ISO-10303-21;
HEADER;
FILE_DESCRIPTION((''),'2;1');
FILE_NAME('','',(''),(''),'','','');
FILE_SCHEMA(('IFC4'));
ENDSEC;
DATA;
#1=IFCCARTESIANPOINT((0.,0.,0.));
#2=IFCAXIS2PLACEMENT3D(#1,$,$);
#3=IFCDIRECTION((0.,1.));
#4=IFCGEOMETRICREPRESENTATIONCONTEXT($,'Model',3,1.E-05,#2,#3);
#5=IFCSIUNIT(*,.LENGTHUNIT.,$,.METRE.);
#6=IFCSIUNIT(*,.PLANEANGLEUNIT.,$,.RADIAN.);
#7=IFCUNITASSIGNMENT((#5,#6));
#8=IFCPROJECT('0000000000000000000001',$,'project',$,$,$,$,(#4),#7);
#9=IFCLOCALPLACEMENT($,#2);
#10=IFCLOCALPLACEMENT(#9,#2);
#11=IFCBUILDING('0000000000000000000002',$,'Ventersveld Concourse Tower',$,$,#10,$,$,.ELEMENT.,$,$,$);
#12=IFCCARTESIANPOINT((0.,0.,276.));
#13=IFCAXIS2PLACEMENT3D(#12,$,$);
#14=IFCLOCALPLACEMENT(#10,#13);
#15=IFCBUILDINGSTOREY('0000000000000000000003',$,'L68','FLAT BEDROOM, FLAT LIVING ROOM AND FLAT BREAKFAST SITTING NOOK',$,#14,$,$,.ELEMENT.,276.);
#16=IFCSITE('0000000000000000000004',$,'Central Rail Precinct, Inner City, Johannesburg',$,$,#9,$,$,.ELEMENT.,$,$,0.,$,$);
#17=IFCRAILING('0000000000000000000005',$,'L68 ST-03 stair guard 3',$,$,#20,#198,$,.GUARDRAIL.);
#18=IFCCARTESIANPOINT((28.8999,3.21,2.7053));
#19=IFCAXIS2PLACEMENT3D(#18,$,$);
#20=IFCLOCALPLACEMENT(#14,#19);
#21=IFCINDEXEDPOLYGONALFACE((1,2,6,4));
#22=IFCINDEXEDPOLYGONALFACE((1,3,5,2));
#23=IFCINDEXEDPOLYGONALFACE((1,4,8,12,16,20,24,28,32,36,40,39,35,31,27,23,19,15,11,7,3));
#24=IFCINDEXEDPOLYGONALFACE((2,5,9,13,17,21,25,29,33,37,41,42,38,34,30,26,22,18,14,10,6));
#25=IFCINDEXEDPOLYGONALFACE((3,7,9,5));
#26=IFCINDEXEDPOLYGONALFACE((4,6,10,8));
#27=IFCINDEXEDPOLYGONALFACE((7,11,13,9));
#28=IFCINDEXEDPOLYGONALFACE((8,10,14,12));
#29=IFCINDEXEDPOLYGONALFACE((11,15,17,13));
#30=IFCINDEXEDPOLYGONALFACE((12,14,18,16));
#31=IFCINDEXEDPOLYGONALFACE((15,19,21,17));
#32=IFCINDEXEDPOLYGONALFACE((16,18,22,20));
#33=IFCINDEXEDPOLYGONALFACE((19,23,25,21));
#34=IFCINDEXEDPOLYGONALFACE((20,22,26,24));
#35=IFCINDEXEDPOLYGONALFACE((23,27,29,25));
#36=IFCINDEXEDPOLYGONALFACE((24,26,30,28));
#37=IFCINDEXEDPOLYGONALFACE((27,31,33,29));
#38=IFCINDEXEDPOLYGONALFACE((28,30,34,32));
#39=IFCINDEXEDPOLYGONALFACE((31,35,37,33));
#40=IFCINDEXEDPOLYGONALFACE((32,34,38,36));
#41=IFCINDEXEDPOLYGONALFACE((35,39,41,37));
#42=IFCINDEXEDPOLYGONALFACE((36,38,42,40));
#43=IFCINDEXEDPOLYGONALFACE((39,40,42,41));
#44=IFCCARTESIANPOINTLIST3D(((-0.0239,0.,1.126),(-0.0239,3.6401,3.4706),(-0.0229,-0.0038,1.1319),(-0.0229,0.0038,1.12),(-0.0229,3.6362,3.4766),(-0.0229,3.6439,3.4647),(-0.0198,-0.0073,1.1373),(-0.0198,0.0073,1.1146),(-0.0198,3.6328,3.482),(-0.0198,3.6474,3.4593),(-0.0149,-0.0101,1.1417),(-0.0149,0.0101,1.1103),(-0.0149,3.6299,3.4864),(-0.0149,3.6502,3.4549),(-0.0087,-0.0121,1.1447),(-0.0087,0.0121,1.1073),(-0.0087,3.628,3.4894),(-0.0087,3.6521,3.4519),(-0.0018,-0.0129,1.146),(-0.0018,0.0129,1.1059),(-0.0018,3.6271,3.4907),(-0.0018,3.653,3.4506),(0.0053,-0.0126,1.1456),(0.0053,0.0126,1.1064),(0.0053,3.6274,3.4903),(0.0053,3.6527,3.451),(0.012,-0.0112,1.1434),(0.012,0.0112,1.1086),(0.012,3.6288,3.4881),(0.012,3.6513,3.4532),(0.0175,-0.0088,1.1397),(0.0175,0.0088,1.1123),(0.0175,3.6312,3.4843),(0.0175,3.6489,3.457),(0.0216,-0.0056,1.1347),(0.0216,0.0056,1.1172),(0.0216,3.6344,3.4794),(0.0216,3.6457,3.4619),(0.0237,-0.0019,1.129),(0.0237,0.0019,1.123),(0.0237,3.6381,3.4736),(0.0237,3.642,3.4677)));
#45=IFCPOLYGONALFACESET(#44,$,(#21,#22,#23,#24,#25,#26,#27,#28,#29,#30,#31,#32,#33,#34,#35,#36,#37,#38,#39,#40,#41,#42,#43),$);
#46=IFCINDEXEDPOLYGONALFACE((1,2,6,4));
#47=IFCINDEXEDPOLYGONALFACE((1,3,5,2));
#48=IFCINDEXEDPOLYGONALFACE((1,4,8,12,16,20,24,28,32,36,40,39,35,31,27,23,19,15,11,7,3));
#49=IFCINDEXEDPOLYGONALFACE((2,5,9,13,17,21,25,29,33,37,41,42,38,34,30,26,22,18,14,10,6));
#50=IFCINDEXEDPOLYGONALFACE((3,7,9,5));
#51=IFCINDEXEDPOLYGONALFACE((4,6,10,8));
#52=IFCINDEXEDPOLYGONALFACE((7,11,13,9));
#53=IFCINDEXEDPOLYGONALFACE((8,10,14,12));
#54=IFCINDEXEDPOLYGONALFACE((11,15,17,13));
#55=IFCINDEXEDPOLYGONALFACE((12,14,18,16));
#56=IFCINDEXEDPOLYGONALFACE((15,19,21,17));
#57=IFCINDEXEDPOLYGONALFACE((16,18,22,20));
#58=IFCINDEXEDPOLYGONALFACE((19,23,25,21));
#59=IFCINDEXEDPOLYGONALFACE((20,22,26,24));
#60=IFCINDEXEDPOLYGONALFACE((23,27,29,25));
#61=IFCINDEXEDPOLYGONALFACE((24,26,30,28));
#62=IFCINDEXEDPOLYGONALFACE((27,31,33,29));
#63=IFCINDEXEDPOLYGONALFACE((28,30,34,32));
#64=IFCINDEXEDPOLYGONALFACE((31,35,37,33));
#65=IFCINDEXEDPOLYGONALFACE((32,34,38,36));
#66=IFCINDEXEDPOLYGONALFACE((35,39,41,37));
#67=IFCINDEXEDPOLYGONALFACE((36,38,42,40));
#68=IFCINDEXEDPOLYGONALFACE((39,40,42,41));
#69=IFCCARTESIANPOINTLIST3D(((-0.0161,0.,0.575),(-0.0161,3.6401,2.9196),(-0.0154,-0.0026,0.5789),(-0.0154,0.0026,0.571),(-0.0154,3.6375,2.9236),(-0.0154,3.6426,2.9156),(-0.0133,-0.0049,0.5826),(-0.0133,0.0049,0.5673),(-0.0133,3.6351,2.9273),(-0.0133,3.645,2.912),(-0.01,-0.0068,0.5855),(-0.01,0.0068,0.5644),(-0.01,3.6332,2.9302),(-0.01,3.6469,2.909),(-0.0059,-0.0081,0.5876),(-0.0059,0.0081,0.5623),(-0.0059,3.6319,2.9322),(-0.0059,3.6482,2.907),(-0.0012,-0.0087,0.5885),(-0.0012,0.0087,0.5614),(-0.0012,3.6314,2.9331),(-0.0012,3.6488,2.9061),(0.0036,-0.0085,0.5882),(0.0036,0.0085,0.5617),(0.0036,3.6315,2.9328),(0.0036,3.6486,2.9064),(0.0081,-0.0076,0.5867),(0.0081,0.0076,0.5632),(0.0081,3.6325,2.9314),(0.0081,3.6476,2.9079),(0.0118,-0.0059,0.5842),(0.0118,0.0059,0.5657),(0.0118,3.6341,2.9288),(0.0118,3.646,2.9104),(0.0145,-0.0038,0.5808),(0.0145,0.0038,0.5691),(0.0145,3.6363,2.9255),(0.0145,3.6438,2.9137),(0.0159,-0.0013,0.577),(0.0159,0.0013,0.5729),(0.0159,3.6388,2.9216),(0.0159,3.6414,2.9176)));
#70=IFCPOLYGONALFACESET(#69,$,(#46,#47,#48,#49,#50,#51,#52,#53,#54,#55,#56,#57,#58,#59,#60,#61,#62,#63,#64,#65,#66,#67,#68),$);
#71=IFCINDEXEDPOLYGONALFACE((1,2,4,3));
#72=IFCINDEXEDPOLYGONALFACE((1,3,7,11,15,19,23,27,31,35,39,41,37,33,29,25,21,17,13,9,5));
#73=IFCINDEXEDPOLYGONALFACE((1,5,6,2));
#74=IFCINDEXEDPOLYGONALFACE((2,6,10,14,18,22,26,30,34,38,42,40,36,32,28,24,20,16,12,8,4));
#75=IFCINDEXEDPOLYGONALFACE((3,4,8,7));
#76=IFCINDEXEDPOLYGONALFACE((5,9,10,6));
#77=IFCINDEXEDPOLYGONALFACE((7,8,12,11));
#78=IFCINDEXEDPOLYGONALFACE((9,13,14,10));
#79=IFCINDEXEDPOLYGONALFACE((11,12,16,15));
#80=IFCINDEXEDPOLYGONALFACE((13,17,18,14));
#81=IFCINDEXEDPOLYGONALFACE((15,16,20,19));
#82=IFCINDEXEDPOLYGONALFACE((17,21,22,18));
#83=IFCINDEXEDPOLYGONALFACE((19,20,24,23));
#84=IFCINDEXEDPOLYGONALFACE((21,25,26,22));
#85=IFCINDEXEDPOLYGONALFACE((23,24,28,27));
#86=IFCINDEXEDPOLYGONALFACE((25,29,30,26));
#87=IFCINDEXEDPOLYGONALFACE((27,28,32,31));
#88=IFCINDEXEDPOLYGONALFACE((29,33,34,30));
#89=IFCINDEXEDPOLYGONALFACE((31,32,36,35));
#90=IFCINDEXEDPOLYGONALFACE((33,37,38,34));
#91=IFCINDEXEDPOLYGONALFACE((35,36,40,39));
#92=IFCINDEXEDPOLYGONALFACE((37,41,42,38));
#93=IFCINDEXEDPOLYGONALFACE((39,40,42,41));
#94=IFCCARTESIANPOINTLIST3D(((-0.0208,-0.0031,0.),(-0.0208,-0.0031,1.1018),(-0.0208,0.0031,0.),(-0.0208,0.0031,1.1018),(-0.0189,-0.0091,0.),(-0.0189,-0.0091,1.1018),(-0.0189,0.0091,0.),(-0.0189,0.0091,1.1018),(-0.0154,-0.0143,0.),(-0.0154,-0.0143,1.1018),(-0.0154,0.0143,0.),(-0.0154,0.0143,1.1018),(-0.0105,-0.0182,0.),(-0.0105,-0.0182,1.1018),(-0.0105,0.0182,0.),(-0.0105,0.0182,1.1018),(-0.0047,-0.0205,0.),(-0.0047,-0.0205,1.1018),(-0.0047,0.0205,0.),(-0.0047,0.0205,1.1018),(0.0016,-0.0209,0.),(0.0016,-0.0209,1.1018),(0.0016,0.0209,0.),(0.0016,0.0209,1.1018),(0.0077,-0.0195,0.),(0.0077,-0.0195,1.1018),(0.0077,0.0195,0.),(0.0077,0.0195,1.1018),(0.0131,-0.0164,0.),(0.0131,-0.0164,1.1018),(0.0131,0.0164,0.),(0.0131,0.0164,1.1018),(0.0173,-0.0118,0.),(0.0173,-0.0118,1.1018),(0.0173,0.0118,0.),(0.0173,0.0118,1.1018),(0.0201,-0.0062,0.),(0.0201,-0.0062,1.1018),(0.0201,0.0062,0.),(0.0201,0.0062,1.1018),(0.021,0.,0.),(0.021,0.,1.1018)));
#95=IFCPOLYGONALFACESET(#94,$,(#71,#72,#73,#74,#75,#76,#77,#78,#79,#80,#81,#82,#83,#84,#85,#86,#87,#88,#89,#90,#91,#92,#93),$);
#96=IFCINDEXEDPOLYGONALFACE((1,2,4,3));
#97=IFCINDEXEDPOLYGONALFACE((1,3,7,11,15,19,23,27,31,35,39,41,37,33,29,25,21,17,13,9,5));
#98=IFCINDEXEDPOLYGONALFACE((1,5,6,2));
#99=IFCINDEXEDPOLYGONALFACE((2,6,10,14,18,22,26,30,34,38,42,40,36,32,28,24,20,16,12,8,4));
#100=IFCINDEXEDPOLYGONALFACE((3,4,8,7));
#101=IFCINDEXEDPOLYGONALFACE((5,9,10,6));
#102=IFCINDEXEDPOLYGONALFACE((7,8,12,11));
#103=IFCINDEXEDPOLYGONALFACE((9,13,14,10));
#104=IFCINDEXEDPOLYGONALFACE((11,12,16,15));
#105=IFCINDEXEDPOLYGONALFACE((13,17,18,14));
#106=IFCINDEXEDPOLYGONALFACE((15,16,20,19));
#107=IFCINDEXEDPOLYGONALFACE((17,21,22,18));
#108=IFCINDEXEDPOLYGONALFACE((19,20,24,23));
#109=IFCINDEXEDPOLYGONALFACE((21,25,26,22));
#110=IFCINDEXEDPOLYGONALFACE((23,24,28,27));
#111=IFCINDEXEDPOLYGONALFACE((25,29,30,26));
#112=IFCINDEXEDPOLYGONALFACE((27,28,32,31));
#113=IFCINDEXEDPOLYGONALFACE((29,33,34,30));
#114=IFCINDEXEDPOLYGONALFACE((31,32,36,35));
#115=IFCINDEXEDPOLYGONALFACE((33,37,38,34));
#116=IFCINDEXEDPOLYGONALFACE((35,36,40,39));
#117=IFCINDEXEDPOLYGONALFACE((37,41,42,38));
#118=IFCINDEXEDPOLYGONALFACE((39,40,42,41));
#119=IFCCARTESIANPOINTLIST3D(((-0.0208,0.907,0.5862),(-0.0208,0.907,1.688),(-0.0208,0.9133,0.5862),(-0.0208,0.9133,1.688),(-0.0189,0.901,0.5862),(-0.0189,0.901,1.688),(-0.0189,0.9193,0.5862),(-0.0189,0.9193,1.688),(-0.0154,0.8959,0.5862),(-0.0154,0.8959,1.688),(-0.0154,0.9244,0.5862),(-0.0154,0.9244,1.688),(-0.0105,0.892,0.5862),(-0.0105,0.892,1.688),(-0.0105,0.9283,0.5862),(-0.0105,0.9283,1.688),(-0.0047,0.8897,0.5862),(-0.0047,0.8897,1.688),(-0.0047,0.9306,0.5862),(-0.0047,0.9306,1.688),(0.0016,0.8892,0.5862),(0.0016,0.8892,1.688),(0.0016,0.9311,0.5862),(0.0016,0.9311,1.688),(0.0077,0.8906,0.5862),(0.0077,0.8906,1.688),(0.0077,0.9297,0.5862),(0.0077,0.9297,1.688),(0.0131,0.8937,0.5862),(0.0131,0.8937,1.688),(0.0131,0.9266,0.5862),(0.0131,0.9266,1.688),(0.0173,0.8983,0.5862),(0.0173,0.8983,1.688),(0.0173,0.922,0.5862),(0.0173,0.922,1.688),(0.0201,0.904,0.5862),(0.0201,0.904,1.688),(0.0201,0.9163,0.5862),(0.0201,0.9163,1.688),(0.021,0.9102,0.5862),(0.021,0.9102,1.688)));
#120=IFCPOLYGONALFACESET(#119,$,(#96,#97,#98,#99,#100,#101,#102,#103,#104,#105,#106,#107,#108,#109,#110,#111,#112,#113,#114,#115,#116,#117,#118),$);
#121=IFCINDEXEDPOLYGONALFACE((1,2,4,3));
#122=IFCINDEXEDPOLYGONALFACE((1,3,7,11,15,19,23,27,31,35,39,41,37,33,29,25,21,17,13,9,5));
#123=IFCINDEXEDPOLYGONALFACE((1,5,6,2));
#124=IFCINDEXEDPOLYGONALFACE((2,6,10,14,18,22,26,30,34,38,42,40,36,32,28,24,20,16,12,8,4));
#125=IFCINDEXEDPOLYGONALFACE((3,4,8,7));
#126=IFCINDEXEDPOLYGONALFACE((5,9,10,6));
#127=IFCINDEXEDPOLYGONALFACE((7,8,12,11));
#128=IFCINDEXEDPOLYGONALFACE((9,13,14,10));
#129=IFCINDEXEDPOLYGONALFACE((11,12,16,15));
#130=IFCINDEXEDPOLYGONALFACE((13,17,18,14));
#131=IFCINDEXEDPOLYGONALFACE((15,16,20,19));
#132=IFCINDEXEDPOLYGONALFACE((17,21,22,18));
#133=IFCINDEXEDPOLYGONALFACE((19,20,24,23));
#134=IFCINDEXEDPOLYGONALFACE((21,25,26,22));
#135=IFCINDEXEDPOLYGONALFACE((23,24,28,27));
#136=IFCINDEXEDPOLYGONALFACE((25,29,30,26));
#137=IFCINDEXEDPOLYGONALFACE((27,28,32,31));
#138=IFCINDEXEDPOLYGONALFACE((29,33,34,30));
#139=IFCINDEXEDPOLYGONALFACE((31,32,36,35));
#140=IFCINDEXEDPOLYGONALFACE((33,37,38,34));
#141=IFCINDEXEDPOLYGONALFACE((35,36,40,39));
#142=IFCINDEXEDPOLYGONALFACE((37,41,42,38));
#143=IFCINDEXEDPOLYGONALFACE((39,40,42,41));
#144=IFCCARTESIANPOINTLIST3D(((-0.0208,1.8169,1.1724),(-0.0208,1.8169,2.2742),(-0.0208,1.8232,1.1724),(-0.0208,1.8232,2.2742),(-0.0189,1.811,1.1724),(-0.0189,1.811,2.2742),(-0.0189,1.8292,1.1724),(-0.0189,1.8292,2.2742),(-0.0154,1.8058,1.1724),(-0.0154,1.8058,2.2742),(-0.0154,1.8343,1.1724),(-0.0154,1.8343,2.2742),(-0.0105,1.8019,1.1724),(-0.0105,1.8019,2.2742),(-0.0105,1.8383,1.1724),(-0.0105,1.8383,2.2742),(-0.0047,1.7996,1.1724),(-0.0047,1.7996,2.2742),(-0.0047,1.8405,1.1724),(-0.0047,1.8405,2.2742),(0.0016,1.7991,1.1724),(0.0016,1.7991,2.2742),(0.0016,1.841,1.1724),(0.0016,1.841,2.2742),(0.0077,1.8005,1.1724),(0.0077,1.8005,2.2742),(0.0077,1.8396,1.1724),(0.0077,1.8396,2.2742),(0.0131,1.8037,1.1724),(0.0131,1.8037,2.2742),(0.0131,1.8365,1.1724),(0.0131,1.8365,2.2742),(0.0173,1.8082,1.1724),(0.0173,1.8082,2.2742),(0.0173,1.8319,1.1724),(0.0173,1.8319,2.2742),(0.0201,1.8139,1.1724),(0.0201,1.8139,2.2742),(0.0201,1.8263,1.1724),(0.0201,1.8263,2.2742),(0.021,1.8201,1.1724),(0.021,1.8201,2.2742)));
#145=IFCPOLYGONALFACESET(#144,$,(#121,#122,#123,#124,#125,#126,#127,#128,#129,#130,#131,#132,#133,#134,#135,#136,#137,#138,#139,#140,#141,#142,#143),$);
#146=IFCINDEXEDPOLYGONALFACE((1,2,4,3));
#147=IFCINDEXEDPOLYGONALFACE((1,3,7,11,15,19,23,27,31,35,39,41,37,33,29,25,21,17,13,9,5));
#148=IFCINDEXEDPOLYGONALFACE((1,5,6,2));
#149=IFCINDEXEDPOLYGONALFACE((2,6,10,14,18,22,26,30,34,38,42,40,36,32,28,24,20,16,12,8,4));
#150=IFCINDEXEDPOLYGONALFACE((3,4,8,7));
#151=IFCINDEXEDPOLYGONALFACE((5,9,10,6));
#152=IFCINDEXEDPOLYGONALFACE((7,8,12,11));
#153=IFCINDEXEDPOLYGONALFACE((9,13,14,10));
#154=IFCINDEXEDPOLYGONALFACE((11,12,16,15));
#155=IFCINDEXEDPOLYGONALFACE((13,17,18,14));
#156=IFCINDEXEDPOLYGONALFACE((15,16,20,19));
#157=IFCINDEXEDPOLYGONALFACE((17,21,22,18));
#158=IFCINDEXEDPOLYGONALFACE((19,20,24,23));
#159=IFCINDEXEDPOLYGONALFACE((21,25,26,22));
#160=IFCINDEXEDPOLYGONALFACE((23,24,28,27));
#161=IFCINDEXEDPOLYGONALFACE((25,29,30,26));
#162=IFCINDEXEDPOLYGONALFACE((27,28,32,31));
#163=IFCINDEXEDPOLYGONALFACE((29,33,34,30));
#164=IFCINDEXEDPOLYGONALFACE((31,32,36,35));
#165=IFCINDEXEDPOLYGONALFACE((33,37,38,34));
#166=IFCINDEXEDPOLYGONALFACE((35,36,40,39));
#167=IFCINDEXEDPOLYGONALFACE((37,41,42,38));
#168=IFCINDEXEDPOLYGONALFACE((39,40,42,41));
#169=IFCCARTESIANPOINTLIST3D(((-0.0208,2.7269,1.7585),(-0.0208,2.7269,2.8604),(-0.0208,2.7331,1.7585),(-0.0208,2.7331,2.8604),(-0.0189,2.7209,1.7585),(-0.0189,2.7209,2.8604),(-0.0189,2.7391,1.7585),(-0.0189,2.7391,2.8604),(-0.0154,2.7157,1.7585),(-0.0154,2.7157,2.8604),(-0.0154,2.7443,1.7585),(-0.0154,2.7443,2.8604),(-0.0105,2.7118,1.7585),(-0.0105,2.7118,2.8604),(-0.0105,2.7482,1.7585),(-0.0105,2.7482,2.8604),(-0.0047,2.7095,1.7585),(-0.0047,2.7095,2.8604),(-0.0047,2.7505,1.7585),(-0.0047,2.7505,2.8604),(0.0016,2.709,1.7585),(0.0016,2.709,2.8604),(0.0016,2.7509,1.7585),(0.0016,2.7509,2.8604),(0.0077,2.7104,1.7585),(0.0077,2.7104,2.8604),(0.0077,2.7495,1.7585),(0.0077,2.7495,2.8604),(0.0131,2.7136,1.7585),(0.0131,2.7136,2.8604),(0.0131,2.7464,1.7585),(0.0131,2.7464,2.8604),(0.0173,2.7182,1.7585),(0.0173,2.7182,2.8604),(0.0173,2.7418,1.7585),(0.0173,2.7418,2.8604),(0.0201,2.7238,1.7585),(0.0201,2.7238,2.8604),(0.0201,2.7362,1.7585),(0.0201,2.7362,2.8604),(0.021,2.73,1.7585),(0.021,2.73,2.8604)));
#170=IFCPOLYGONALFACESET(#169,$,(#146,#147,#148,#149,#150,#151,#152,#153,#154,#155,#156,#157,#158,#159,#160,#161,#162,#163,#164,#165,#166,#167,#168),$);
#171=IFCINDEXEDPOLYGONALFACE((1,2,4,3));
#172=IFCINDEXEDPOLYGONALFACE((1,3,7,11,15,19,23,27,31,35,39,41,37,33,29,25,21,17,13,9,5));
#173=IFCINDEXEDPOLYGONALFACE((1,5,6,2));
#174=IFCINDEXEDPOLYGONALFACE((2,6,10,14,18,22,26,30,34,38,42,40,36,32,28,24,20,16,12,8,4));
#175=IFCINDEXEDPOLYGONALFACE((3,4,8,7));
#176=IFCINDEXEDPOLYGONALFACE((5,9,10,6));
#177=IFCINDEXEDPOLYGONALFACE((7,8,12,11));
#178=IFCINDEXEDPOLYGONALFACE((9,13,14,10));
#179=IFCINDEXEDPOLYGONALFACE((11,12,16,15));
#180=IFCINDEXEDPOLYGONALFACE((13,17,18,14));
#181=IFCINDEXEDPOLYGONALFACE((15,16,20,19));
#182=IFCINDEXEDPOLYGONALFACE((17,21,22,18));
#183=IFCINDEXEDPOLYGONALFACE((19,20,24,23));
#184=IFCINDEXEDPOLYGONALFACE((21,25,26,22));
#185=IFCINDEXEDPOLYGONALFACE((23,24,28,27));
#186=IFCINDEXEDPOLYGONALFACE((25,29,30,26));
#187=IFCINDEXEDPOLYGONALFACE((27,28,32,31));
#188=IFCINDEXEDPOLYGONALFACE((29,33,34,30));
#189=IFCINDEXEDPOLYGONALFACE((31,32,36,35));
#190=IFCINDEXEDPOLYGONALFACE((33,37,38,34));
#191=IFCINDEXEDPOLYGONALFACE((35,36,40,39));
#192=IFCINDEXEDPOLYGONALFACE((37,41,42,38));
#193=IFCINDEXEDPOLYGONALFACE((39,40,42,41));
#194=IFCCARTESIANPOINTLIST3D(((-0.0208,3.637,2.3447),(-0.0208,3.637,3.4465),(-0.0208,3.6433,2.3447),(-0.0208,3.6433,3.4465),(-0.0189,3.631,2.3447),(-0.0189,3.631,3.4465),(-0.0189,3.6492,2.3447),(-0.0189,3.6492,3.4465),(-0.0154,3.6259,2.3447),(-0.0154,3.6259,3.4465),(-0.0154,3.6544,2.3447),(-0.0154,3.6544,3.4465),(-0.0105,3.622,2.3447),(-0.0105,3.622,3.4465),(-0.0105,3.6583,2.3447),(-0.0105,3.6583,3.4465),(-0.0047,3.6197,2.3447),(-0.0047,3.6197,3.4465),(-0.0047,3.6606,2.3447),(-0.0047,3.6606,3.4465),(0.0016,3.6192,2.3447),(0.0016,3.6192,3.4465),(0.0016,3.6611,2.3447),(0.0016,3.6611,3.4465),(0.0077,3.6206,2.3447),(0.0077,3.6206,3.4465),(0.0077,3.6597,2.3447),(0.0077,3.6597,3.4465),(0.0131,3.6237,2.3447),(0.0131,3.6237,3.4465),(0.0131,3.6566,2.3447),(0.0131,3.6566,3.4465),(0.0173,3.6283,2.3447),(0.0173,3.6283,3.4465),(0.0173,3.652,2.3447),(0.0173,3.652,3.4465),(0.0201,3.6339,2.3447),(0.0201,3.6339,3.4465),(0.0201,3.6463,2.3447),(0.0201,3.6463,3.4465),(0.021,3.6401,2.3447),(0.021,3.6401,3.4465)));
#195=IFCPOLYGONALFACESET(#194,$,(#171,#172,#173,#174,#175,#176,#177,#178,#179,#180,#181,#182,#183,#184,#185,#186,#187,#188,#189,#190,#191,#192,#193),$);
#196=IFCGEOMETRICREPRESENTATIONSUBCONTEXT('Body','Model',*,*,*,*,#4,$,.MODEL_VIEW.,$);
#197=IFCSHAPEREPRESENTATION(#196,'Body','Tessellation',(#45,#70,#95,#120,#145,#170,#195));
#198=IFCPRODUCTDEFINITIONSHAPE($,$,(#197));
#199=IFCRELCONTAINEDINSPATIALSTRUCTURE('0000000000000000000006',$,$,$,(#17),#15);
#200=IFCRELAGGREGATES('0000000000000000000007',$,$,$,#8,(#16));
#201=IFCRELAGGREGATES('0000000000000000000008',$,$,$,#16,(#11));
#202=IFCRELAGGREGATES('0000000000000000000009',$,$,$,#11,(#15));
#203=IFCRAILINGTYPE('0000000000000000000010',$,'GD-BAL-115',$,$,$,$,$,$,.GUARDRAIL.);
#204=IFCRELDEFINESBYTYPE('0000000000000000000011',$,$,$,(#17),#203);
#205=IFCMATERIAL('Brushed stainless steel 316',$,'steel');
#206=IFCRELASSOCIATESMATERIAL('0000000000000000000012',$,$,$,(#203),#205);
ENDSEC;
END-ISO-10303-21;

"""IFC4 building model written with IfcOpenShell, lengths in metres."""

from ifc_helpers import new_model, si_unit, direction, frame, origin, origin_2d, place, context, subcontext, project, spatial, circle, extrude, material, type_object, element, save


model = new_model("IFC4")

# Units and contexts
model_context = context("Model", 3, precision=1e-05, world=origin(), true_north=direction((0.0, 1.0)))
body_context = subcontext(model_context, "Body", "Model", "MODEL_VIEW")
ifc_project = project(units=[si_unit("LENGTHUNIT", "METRE"), si_unit("PLANEANGLEUNIT", "RADIAN")], contexts=[model_context])

# Site, building, storey
site_placement = place(None, origin())
site = spatial("IfcSite", under=ifc_project, at=site_placement, Name="Central Rail Precinct, Inner City, Johannesburg", CompositionType="ELEMENT", RefElevation=0.0)
building_placement = place(site_placement, origin())
building = spatial("IfcBuilding", under=site, at=building_placement, Name="Ventersveld Concourse Tower", CompositionType="ELEMENT")
storey_placement = place(building_placement, frame((0.0, 0.0, 276.0)))
storey = spatial("IfcBuildingStorey", under=building, at=storey_placement, Name="L68", Description="FLAT BEDROOM, FLAT LIVING ROOM AND FLAT BREAKFAST SITTING NOOK", CompositionType="ELEMENT", Elevation=276.0)

# Railing
ifc_material_1 = material(Name="Brushed stainless steel 316", Category="steel")
railing_type_1 = type_object("IfcRailingType", Name="GD-BAL-115", PredefinedType="GUARDRAIL", material=ifc_material_1)
railing_1_placement = place(storey_placement, frame((28.8999, 3.21, 2.7053)))
element("IfcRailing", 1, at=railing_1_placement, inside=storey, type_object=railing_type_1, Name="L68 ST-03 stair guard 3", PredefinedType="GUARDRAIL", context=body_context, shape_type="SweptSolid", body=[
    extrude(circle(Radius=0.0239, at=origin_2d()), frame((0.0, 0.0, 1.126), z_axis=(0.0, 0.840691, 0.541515), x_axis=(-1.0, 0.0, 0.0)), (0.0, 0.0, 1.0), 4.3298),
    extrude(circle(Radius=0.0161, at=origin_2d()), frame((0.0, 0.0, 0.575), z_axis=(0.0, 0.840691, 0.541515), x_axis=(-1.0, 0.0, 0.0)), (0.0, 0.0, 1.0), 4.3298),
    extrude(circle(Radius=0.021, at=origin_2d()), origin(), (0.0, 0.0, 1.0), 1.1018),
    extrude(circle(Radius=0.021, at=origin_2d()), frame((0.0, 0.9102, 0.5862)), (0.0, 0.0, 1.0), 1.1018),
    extrude(circle(Radius=0.021, at=origin_2d()), frame((0.0, 1.8201, 1.1724)), (0.0, 0.0, 1.0), 1.1018),
    extrude(circle(Radius=0.021, at=origin_2d()), frame((0.0, 2.73, 1.7585)), (0.0, 0.0, 1.0), 1.1018),
    extrude(circle(Radius=0.021, at=origin_2d()), frame((0.0, 3.6401, 2.3447)), (0.0, 0.0, 1.0), 1.1018),
])

save(model, "model.ifc")
